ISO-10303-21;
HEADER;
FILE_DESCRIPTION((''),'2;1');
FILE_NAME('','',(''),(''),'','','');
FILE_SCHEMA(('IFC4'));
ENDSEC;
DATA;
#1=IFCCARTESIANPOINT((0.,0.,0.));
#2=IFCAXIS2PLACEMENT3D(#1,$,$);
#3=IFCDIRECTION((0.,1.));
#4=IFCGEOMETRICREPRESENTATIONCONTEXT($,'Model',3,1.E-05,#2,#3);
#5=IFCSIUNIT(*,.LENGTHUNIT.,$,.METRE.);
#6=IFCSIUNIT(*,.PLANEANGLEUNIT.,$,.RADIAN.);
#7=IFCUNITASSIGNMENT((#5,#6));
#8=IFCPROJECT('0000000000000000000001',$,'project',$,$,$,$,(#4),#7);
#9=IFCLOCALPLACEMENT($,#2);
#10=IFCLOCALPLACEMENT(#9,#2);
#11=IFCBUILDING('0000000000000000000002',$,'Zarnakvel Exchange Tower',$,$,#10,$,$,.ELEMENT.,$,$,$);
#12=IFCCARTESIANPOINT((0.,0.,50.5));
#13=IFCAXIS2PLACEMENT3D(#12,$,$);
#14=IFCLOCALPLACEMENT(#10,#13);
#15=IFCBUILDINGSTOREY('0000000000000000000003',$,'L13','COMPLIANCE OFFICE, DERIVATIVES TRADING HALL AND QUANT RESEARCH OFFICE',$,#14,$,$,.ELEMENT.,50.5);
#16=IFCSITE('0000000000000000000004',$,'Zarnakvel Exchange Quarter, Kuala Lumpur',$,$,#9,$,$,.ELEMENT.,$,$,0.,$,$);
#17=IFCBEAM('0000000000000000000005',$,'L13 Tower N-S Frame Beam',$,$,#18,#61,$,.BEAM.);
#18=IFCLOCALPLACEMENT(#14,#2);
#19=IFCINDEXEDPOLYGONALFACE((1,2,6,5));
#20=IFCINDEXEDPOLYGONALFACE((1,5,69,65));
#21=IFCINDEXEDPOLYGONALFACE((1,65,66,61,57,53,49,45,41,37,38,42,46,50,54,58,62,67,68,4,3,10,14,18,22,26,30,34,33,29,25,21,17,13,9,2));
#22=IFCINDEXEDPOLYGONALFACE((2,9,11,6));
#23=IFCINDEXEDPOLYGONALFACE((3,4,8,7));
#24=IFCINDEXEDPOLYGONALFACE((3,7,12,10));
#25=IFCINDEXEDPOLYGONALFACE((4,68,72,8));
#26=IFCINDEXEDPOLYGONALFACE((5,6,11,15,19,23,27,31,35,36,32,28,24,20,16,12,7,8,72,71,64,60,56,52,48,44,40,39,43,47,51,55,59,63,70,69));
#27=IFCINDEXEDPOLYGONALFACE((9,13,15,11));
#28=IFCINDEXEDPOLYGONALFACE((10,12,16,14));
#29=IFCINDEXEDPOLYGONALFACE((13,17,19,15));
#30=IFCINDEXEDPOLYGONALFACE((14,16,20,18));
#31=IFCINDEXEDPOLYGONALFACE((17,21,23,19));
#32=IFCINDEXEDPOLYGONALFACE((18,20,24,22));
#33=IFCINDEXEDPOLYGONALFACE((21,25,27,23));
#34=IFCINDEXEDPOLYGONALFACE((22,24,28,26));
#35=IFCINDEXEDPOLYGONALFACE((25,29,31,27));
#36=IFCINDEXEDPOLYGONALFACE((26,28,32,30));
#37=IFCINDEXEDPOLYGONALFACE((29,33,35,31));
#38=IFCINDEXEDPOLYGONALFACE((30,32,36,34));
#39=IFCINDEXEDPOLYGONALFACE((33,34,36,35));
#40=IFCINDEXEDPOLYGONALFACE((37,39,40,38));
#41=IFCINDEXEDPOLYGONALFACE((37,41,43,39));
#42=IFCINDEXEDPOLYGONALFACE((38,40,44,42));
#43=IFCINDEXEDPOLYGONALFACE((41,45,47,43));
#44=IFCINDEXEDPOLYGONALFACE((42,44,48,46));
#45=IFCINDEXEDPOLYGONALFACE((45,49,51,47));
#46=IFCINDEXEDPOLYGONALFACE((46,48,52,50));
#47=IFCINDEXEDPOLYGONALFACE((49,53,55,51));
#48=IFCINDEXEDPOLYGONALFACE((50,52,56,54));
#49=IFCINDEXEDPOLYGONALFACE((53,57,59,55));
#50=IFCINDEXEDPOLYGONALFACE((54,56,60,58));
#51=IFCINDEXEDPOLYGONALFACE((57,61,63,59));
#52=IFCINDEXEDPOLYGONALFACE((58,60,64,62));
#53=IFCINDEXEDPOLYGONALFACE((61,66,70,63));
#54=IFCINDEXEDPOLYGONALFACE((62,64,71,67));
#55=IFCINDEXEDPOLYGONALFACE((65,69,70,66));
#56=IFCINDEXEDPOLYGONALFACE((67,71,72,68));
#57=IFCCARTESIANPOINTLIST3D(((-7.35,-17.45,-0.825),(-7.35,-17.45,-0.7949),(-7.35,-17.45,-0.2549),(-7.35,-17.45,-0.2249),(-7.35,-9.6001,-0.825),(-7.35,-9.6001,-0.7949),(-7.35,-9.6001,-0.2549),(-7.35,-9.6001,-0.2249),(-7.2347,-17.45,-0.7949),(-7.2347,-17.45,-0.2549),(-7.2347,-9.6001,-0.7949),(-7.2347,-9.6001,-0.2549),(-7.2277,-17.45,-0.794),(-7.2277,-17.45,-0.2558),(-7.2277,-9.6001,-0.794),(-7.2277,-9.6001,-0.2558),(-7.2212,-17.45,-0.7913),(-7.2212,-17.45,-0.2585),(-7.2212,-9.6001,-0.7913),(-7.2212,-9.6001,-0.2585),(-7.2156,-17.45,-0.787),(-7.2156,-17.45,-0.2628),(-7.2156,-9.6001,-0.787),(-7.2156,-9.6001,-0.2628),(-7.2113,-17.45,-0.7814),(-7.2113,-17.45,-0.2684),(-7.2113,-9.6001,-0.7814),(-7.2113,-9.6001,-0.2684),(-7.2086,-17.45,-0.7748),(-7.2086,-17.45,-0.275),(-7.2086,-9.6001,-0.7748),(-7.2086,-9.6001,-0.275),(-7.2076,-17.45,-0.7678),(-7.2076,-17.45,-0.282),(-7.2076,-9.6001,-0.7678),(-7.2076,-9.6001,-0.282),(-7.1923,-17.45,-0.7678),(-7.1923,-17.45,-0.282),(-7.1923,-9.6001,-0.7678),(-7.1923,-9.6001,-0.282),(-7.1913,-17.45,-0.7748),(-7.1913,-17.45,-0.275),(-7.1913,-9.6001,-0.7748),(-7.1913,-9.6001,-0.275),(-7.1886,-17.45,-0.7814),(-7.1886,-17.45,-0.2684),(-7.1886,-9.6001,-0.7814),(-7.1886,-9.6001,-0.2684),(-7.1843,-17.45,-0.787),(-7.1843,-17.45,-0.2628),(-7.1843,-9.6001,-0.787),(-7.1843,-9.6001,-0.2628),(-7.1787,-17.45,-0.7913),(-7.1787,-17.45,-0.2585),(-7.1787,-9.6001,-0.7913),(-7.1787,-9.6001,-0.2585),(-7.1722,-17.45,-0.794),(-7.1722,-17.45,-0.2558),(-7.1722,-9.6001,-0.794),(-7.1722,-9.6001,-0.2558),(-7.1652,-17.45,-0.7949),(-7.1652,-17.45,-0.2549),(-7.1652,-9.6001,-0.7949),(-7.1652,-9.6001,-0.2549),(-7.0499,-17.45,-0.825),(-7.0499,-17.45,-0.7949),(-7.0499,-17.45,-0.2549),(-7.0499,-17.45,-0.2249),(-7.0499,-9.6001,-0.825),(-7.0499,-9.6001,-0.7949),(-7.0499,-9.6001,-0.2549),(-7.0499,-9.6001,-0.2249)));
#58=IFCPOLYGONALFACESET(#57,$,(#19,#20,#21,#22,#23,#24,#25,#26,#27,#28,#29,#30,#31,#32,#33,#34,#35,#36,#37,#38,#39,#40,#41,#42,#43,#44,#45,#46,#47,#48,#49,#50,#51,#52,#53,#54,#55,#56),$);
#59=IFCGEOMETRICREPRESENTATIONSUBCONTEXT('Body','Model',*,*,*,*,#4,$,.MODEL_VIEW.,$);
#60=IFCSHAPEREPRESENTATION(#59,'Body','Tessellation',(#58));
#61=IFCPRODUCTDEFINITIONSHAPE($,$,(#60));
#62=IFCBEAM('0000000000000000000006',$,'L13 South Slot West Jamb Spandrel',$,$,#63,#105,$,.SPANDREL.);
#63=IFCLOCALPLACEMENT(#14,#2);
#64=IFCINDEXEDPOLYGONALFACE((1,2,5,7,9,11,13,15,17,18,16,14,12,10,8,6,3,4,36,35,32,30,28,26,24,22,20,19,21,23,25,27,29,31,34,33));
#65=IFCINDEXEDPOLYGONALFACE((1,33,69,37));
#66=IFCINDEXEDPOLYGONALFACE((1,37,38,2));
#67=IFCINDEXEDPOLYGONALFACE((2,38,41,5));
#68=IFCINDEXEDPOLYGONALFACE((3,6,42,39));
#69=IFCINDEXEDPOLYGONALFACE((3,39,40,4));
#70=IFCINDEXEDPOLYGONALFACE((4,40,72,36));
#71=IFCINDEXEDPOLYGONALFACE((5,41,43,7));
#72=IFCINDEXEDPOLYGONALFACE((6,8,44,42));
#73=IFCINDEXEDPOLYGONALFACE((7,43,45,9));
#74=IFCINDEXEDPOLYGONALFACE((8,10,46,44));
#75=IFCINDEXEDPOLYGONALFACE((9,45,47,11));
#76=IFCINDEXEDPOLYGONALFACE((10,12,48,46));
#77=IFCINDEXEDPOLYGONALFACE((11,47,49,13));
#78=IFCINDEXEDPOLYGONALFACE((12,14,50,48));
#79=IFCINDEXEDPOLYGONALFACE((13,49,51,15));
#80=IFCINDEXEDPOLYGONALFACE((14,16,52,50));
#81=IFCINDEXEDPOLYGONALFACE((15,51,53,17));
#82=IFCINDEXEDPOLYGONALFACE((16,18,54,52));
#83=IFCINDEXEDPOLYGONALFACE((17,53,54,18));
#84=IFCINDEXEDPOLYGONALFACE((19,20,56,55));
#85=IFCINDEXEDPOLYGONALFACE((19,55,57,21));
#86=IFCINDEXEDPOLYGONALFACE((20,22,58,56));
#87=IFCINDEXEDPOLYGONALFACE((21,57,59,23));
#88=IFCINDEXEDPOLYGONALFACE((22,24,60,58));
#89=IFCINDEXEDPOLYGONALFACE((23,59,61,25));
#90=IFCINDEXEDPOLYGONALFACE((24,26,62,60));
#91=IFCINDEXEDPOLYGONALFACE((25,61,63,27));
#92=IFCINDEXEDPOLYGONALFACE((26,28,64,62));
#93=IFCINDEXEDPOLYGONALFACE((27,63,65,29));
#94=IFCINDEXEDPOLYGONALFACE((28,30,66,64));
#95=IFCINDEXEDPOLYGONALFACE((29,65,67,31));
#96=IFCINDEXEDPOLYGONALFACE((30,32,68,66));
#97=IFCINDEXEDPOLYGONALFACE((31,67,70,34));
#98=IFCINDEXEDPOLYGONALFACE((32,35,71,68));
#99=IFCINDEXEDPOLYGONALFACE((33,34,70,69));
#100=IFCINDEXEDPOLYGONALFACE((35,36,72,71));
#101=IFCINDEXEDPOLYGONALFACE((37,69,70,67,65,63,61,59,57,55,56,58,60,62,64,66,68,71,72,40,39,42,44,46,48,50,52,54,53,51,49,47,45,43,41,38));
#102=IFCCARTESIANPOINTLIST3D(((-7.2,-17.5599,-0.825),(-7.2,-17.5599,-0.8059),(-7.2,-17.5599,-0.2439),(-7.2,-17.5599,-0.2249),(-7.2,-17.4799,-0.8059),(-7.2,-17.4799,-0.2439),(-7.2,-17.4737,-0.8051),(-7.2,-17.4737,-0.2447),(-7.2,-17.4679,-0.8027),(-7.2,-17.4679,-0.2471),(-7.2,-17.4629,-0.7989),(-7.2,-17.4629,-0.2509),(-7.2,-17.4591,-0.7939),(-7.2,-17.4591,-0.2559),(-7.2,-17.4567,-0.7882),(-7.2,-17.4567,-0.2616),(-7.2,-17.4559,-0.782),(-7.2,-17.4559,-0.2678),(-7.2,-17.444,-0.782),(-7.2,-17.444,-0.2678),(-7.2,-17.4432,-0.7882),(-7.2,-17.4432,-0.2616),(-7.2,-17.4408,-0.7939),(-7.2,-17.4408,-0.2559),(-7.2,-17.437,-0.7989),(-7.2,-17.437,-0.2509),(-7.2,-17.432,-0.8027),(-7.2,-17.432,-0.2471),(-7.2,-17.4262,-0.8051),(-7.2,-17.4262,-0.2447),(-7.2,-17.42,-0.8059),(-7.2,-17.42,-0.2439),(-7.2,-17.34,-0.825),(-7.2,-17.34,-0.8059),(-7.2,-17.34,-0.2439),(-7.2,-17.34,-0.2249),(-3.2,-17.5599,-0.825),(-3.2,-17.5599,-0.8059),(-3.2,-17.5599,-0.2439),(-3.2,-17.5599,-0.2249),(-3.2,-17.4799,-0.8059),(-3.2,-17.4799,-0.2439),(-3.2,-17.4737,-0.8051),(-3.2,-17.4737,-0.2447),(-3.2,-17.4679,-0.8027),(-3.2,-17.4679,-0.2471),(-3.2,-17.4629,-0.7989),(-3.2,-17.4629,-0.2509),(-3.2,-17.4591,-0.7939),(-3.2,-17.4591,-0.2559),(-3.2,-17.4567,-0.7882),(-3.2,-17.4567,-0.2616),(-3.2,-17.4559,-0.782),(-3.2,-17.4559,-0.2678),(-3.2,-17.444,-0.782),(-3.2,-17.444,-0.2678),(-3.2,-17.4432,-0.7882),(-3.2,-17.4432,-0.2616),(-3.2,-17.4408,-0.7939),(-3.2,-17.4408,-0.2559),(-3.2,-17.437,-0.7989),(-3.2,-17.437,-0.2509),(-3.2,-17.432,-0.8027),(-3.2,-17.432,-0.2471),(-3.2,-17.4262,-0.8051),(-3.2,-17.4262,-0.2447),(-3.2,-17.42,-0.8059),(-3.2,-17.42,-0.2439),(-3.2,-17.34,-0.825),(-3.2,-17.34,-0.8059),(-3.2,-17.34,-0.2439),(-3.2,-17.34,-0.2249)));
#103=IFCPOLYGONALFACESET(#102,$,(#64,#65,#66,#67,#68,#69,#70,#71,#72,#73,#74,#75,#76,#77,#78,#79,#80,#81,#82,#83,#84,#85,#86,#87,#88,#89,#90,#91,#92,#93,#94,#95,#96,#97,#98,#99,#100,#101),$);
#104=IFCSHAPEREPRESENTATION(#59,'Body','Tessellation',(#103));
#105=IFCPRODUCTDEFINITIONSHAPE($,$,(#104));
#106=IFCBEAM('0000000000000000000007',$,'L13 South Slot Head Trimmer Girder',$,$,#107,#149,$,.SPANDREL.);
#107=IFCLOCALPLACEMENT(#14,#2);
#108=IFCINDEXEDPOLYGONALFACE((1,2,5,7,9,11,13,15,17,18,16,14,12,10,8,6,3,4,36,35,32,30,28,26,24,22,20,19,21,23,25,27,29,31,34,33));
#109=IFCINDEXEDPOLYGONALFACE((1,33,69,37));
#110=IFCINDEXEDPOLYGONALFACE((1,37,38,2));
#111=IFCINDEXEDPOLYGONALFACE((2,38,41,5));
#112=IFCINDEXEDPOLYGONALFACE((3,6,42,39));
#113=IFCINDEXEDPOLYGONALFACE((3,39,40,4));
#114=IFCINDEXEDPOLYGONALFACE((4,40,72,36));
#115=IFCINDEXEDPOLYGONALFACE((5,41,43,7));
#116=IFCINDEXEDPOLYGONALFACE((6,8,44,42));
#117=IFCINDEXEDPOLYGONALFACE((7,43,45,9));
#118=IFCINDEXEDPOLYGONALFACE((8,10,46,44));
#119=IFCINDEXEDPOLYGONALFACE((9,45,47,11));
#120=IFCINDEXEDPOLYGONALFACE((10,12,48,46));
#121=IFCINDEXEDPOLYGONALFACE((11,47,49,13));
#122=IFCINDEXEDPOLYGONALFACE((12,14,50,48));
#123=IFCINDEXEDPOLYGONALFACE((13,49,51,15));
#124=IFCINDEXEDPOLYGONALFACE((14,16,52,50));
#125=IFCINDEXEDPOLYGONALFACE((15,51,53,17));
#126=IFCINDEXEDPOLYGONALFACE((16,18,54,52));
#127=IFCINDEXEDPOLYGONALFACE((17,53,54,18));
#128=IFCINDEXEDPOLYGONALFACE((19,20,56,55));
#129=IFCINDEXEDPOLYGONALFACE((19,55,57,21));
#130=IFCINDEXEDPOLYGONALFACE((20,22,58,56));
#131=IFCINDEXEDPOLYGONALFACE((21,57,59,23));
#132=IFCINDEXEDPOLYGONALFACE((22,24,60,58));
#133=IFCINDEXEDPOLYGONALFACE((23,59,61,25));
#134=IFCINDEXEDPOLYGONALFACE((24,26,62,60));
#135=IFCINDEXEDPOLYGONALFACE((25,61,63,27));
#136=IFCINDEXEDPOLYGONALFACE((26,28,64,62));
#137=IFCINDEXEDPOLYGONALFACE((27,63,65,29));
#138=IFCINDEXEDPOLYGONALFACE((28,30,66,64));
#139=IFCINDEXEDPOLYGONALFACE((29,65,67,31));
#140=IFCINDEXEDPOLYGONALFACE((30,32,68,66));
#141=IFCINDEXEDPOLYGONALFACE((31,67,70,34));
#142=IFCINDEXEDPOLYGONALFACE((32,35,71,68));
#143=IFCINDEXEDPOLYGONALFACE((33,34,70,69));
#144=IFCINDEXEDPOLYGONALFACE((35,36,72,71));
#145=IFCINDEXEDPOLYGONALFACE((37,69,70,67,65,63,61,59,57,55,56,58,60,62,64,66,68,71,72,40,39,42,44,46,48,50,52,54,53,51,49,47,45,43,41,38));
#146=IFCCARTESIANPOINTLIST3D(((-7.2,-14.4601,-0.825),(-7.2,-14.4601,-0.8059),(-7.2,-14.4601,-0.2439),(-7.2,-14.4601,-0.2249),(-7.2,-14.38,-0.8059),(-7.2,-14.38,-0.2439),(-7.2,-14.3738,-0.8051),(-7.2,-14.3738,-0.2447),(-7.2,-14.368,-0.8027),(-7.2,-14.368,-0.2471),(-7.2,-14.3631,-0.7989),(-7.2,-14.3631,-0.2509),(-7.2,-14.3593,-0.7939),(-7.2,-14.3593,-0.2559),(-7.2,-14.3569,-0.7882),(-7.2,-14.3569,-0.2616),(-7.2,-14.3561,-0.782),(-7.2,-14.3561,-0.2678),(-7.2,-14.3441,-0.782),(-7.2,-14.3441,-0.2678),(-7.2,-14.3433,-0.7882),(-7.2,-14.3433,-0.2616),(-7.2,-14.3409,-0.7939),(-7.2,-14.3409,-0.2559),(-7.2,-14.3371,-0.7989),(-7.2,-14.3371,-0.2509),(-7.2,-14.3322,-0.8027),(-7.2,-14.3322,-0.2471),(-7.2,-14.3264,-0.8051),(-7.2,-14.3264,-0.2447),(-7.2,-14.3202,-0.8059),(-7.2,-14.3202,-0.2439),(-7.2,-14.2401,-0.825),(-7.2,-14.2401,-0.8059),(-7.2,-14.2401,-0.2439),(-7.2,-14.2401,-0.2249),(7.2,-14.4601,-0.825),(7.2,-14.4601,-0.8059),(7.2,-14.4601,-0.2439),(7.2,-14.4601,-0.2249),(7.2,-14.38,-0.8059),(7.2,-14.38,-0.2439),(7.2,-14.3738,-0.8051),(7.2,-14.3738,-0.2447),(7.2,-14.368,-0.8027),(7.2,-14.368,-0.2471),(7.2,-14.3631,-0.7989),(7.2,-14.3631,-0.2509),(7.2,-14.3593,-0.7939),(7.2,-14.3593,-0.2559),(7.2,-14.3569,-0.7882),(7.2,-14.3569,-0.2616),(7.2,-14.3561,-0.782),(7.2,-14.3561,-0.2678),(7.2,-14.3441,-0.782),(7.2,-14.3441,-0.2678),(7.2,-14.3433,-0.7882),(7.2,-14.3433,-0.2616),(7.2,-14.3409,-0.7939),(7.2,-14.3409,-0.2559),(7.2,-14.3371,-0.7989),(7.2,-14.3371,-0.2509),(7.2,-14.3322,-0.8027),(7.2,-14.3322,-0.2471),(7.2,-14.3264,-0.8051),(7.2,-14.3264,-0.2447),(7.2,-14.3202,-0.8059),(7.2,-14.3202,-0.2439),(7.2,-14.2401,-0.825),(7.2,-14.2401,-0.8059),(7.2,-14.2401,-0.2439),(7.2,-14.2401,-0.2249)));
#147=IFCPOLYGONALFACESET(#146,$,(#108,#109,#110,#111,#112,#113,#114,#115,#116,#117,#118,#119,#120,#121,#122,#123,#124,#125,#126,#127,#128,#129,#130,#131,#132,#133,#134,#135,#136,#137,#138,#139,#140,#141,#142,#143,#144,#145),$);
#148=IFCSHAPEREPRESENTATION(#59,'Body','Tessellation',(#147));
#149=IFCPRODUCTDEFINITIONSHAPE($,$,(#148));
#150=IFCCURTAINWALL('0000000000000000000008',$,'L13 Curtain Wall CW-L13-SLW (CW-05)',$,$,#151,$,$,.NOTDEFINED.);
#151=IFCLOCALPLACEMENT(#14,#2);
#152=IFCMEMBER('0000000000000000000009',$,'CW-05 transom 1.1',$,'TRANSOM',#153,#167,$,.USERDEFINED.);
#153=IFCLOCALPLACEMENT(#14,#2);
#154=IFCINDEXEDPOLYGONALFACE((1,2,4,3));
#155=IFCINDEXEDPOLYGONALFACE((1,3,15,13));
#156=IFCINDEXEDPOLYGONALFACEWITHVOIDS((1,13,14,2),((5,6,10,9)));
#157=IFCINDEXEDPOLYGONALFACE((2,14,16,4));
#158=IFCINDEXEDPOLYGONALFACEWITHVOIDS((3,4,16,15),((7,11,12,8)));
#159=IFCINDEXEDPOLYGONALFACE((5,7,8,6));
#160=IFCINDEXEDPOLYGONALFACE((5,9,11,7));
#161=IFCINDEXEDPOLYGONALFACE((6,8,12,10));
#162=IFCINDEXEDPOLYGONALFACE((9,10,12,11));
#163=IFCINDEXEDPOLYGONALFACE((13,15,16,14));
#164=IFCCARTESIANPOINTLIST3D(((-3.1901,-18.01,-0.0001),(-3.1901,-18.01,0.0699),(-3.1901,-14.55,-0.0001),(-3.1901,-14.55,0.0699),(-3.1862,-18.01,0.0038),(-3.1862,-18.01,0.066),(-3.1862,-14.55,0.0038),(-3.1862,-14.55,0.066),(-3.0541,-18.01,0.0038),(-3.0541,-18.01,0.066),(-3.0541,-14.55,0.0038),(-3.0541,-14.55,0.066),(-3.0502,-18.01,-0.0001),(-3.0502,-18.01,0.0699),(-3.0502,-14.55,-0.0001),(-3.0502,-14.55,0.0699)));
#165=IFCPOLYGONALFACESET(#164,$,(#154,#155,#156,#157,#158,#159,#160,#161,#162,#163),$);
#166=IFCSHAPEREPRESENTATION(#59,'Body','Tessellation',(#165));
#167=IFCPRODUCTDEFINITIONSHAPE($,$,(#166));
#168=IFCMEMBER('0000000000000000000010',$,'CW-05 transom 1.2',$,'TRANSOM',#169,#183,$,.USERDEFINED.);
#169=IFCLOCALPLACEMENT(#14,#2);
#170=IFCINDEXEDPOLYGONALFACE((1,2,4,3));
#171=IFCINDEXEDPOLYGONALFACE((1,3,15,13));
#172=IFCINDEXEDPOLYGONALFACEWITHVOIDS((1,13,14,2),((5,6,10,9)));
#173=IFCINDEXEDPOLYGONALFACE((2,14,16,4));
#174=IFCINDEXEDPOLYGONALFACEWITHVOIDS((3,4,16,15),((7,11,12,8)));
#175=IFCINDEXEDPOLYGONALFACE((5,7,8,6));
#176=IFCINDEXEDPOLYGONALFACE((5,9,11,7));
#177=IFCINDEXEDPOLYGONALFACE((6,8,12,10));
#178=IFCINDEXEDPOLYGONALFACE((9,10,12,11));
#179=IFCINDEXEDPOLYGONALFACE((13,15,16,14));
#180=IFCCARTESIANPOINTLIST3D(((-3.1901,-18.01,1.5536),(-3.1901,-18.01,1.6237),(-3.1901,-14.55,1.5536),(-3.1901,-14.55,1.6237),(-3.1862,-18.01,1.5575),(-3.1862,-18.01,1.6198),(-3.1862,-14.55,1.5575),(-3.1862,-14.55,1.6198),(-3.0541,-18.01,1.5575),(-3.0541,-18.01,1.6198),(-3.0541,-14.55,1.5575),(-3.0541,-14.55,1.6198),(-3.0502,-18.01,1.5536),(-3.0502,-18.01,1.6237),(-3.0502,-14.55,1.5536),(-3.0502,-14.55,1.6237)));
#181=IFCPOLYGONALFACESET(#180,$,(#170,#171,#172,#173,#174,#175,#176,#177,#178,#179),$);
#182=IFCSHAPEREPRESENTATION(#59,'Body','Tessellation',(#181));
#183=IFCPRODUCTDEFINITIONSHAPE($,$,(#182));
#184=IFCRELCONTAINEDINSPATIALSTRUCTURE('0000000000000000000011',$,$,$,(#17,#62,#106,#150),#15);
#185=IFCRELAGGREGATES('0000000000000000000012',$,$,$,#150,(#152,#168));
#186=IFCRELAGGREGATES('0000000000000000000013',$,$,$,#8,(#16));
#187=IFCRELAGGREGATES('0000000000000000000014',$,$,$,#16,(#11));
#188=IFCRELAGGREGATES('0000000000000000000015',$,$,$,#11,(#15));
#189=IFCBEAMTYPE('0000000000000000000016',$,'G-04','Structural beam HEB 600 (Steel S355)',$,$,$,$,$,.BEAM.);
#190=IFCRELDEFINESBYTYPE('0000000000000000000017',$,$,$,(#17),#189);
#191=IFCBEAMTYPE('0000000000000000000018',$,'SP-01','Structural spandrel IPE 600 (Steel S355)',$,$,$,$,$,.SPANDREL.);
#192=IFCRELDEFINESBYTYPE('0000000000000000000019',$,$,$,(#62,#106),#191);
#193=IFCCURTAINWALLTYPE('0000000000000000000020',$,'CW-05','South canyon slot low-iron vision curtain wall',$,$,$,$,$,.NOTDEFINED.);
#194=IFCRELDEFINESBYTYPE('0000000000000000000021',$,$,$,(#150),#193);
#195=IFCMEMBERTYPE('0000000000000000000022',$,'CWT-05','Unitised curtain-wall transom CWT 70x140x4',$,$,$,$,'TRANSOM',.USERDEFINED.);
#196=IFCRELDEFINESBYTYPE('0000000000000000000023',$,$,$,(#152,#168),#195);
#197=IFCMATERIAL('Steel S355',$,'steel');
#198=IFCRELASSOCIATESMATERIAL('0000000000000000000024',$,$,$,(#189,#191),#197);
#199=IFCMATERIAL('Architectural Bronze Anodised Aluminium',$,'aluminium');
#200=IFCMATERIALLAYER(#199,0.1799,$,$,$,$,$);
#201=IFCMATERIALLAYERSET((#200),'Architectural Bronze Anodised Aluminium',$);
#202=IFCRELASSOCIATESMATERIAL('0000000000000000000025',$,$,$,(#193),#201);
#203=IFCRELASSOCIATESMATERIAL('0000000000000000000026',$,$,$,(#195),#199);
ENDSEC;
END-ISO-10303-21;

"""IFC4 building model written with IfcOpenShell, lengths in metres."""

from ifc_helpers import new_model, si_unit, direction, frame, origin, origin_2d, place, context, subcontext, project, spatial, hollow_rectangle, i_section, extrude, source, transform, mapped, material, layer, layer_set, material_profile, profile_set, type_object, element, aggregate, save


model = new_model("IFC4")

# Units and contexts
model_context = context("Model", 3, precision=1e-05, world=origin(), true_north=direction((0.0, 1.0)))
body_context = subcontext(model_context, "Body", "Model", "MODEL_VIEW")
ifc_project = project(units=[si_unit("LENGTHUNIT", "METRE"), si_unit("PLANEANGLEUNIT", "RADIAN")], contexts=[model_context])

# Site, building, storey
site_placement = place(None, origin())
site = spatial("IfcSite", under=ifc_project, at=site_placement, Name="Zarnakvel Exchange Quarter, Kuala Lumpur", CompositionType="ELEMENT", RefElevation=0.0)
building_placement = place(site_placement, origin())
building = spatial("IfcBuilding", under=site, at=building_placement, Name="Zarnakvel Exchange Tower", CompositionType="ELEMENT")
storey_placement = place(building_placement, frame((0.0, 0.0, 50.5)))
storey = spatial("IfcBuildingStorey", under=building, at=storey_placement, Name="L13", Description="COMPLIANCE OFFICE, DERIVATIVES TRADING HALL AND QUANT RESEARCH OFFICE", CompositionType="ELEMENT", Elevation=50.5)

# Beams
ifc_material_1 = material(Name="Steel S355", Category="steel")
ifc_material_profile_1 = material_profile(ifc_material_1, i_section(OverallWidth=0.3, OverallDepth=0.6001, WebThickness=0.0154, FlangeThickness=0.03, FilletRadius=0.0271, at=origin_2d()))
ifc_profile_set_1 = profile_set([ifc_material_profile_1], Name="Steel S355")
beam_type_1 = type_object("IfcBeamType", Name="G-04", Description="Structural beam HEB 600 (Steel S355)", PredefinedType="BEAM", material=ifc_profile_set_1)
for number, where, z_axis, x_axis, name in (
    (1, (-7.2, -17.45, -0.5249), (0.0, 1.0, 0.0), (-1.0, 0.0, 0.0), "L13 Tower N-S Frame Beam"),
):
    element("IfcBeam", number, at=place(storey_placement, frame(where, z_axis=z_axis, x_axis=x_axis)), inside=storey, type_object=beam_type_1, Name=name, PredefinedType="BEAM", context=body_context, shape_type="SweptSolid", body=[
        extrude(i_section(OverallWidth=0.3, OverallDepth=0.6001, WebThickness=0.0154, FlangeThickness=0.03, FilletRadius=0.0271, at=origin_2d()), origin(), (0.0, 0.0, 1.0), 7.8499),
    ])
ifc_material_profile_2 = material_profile(ifc_material_1, i_section(OverallWidth=0.22, OverallDepth=0.6001, WebThickness=0.012, FlangeThickness=0.019, FilletRadius=0.0239, at=origin_2d()))
ifc_profile_set_2 = profile_set([ifc_material_profile_2], Name="Steel S355")
beam_type_2 = type_object("IfcBeamType", Name="SP-01", Description="Structural spandrel IPE 600 (Steel S355)", PredefinedType="SPANDREL", material=ifc_profile_set_2)
beam_1_placement = place(storey_placement, frame((-7.2, -17.45, -0.5249), z_axis=(1.0, 0.0, 0.0), x_axis=(0.0, 1.0, 0.0)))
element("IfcBeam", 2, at=beam_1_placement, inside=storey, type_object=beam_type_2, Name="L13 South Slot West Jamb Spandrel", PredefinedType="SPANDREL", context=body_context, shape_type="SweptSolid", body=[
    extrude(i_section(OverallWidth=0.22, OverallDepth=0.6001, WebThickness=0.012, FlangeThickness=0.019, FilletRadius=0.0239, at=origin_2d()), origin(), (0.0, 0.0, 1.0), 4.0),
])
beam_2_placement = place(storey_placement, frame((-7.2, -14.3501, -0.5249), z_axis=(1.0, 0.0, 0.0), x_axis=(0.0, 1.0, 0.0)))
element("IfcBeam", 3, at=beam_2_placement, inside=storey, type_object=beam_type_2, Name="L13 South Slot Head Trimmer Girder", PredefinedType="SPANDREL", context=body_context, shape_type="SweptSolid", body=[
    extrude(i_section(OverallWidth=0.22, OverallDepth=0.6001, WebThickness=0.012, FlangeThickness=0.019, FilletRadius=0.0239, at=origin_2d()), origin(), (0.0, 0.0, 1.0), 14.3999),
])

# Curtain wall, members
ifc_material_2 = material(Name="Architectural Bronze Anodised Aluminium", Category="aluminium")
ifc_layer_1 = layer(ifc_material_2, 0.1799)
ifc_layer_set_1 = layer_set([ifc_layer_1], Name="Architectural Bronze Anodised Aluminium")
curtain_wall_type = type_object("IfcCurtainWallType", Name="CW-05", Description="South canyon slot low-iron vision curtain wall", PredefinedType="NOTDEFINED", material=ifc_layer_set_1)
curtain_wall_1_placement = place(storey_placement, origin())
curtain_wall_1 = element("IfcCurtainWall", 4, at=curtain_wall_1_placement, inside=storey, type_object=curtain_wall_type, Name="L13 Curtain Wall CW-L13-SLW (CW-05)", PredefinedType="NOTDEFINED")
ifc_material_profile_3 = material_profile(ifc_material_2, hollow_rectangle(XDim=0.1399, YDim=0.0701, WallThickness=0.0039, at=origin_2d()))
ifc_profile_set_3 = profile_set([ifc_material_profile_3], Name="Architectural Bronze Anodised Aluminium")
member_type_1 = type_object("IfcMemberType", Name="CWT-05", Description="Unitised curtain-wall transom CWT 70x140x4", ElementType="TRANSOM", PredefinedType="USERDEFINED", material=ifc_profile_set_3)
shared_shape_1 = source(origin(), body_context, "Body", "SweptSolid", [
    extrude(hollow_rectangle(XDim=0.1399, YDim=0.0701, WallThickness=0.0039, at=origin_2d()), origin(), (0.0, 0.0, 1.0), 3.46),
])
member_1_placement = place(storey_placement, frame((-3.1201, -18.01, 0.0349), z_axis=(0.0, 1.0, 0.0), x_axis=(-1.0, 0.0, 0.0)))
member_1 = element("IfcMember", 5, at=member_1_placement, type_object=member_type_1, Name="CW-05 transom 1.1", ObjectType="TRANSOM", PredefinedType="USERDEFINED", context=body_context, shape_type="MappedRepresentation", body=[
    mapped(shared_shape_1, transform((0.0, 0.0, 0.0), x_axis=(1.0, 0.0, 0.0), y_axis=(0.0, 1.0, 0.0), z_axis=(0.0, 0.0, 1.0), scale=1.0)),
])
member_2_placement = place(storey_placement, frame((-3.1201, -18.01, 1.5886), z_axis=(0.0, 1.0, 0.0), x_axis=(-1.0, 0.0, 0.0)))
member_2 = element("IfcMember", 6, at=member_2_placement, type_object=member_type_1, Name="CW-05 transom 1.2", ObjectType="TRANSOM", PredefinedType="USERDEFINED", context=body_context, shape_type="MappedRepresentation", body=[
    mapped(shared_shape_1, transform((0.0, 0.0, 0.0), x_axis=(1.0, 0.0, 0.0), y_axis=(0.0, 1.0, 0.0), z_axis=(0.0, 0.0, 1.0), scale=1.0)),
])

aggregate(curtain_wall_1, [member_1, member_2])

save(model, "model.ifc")
